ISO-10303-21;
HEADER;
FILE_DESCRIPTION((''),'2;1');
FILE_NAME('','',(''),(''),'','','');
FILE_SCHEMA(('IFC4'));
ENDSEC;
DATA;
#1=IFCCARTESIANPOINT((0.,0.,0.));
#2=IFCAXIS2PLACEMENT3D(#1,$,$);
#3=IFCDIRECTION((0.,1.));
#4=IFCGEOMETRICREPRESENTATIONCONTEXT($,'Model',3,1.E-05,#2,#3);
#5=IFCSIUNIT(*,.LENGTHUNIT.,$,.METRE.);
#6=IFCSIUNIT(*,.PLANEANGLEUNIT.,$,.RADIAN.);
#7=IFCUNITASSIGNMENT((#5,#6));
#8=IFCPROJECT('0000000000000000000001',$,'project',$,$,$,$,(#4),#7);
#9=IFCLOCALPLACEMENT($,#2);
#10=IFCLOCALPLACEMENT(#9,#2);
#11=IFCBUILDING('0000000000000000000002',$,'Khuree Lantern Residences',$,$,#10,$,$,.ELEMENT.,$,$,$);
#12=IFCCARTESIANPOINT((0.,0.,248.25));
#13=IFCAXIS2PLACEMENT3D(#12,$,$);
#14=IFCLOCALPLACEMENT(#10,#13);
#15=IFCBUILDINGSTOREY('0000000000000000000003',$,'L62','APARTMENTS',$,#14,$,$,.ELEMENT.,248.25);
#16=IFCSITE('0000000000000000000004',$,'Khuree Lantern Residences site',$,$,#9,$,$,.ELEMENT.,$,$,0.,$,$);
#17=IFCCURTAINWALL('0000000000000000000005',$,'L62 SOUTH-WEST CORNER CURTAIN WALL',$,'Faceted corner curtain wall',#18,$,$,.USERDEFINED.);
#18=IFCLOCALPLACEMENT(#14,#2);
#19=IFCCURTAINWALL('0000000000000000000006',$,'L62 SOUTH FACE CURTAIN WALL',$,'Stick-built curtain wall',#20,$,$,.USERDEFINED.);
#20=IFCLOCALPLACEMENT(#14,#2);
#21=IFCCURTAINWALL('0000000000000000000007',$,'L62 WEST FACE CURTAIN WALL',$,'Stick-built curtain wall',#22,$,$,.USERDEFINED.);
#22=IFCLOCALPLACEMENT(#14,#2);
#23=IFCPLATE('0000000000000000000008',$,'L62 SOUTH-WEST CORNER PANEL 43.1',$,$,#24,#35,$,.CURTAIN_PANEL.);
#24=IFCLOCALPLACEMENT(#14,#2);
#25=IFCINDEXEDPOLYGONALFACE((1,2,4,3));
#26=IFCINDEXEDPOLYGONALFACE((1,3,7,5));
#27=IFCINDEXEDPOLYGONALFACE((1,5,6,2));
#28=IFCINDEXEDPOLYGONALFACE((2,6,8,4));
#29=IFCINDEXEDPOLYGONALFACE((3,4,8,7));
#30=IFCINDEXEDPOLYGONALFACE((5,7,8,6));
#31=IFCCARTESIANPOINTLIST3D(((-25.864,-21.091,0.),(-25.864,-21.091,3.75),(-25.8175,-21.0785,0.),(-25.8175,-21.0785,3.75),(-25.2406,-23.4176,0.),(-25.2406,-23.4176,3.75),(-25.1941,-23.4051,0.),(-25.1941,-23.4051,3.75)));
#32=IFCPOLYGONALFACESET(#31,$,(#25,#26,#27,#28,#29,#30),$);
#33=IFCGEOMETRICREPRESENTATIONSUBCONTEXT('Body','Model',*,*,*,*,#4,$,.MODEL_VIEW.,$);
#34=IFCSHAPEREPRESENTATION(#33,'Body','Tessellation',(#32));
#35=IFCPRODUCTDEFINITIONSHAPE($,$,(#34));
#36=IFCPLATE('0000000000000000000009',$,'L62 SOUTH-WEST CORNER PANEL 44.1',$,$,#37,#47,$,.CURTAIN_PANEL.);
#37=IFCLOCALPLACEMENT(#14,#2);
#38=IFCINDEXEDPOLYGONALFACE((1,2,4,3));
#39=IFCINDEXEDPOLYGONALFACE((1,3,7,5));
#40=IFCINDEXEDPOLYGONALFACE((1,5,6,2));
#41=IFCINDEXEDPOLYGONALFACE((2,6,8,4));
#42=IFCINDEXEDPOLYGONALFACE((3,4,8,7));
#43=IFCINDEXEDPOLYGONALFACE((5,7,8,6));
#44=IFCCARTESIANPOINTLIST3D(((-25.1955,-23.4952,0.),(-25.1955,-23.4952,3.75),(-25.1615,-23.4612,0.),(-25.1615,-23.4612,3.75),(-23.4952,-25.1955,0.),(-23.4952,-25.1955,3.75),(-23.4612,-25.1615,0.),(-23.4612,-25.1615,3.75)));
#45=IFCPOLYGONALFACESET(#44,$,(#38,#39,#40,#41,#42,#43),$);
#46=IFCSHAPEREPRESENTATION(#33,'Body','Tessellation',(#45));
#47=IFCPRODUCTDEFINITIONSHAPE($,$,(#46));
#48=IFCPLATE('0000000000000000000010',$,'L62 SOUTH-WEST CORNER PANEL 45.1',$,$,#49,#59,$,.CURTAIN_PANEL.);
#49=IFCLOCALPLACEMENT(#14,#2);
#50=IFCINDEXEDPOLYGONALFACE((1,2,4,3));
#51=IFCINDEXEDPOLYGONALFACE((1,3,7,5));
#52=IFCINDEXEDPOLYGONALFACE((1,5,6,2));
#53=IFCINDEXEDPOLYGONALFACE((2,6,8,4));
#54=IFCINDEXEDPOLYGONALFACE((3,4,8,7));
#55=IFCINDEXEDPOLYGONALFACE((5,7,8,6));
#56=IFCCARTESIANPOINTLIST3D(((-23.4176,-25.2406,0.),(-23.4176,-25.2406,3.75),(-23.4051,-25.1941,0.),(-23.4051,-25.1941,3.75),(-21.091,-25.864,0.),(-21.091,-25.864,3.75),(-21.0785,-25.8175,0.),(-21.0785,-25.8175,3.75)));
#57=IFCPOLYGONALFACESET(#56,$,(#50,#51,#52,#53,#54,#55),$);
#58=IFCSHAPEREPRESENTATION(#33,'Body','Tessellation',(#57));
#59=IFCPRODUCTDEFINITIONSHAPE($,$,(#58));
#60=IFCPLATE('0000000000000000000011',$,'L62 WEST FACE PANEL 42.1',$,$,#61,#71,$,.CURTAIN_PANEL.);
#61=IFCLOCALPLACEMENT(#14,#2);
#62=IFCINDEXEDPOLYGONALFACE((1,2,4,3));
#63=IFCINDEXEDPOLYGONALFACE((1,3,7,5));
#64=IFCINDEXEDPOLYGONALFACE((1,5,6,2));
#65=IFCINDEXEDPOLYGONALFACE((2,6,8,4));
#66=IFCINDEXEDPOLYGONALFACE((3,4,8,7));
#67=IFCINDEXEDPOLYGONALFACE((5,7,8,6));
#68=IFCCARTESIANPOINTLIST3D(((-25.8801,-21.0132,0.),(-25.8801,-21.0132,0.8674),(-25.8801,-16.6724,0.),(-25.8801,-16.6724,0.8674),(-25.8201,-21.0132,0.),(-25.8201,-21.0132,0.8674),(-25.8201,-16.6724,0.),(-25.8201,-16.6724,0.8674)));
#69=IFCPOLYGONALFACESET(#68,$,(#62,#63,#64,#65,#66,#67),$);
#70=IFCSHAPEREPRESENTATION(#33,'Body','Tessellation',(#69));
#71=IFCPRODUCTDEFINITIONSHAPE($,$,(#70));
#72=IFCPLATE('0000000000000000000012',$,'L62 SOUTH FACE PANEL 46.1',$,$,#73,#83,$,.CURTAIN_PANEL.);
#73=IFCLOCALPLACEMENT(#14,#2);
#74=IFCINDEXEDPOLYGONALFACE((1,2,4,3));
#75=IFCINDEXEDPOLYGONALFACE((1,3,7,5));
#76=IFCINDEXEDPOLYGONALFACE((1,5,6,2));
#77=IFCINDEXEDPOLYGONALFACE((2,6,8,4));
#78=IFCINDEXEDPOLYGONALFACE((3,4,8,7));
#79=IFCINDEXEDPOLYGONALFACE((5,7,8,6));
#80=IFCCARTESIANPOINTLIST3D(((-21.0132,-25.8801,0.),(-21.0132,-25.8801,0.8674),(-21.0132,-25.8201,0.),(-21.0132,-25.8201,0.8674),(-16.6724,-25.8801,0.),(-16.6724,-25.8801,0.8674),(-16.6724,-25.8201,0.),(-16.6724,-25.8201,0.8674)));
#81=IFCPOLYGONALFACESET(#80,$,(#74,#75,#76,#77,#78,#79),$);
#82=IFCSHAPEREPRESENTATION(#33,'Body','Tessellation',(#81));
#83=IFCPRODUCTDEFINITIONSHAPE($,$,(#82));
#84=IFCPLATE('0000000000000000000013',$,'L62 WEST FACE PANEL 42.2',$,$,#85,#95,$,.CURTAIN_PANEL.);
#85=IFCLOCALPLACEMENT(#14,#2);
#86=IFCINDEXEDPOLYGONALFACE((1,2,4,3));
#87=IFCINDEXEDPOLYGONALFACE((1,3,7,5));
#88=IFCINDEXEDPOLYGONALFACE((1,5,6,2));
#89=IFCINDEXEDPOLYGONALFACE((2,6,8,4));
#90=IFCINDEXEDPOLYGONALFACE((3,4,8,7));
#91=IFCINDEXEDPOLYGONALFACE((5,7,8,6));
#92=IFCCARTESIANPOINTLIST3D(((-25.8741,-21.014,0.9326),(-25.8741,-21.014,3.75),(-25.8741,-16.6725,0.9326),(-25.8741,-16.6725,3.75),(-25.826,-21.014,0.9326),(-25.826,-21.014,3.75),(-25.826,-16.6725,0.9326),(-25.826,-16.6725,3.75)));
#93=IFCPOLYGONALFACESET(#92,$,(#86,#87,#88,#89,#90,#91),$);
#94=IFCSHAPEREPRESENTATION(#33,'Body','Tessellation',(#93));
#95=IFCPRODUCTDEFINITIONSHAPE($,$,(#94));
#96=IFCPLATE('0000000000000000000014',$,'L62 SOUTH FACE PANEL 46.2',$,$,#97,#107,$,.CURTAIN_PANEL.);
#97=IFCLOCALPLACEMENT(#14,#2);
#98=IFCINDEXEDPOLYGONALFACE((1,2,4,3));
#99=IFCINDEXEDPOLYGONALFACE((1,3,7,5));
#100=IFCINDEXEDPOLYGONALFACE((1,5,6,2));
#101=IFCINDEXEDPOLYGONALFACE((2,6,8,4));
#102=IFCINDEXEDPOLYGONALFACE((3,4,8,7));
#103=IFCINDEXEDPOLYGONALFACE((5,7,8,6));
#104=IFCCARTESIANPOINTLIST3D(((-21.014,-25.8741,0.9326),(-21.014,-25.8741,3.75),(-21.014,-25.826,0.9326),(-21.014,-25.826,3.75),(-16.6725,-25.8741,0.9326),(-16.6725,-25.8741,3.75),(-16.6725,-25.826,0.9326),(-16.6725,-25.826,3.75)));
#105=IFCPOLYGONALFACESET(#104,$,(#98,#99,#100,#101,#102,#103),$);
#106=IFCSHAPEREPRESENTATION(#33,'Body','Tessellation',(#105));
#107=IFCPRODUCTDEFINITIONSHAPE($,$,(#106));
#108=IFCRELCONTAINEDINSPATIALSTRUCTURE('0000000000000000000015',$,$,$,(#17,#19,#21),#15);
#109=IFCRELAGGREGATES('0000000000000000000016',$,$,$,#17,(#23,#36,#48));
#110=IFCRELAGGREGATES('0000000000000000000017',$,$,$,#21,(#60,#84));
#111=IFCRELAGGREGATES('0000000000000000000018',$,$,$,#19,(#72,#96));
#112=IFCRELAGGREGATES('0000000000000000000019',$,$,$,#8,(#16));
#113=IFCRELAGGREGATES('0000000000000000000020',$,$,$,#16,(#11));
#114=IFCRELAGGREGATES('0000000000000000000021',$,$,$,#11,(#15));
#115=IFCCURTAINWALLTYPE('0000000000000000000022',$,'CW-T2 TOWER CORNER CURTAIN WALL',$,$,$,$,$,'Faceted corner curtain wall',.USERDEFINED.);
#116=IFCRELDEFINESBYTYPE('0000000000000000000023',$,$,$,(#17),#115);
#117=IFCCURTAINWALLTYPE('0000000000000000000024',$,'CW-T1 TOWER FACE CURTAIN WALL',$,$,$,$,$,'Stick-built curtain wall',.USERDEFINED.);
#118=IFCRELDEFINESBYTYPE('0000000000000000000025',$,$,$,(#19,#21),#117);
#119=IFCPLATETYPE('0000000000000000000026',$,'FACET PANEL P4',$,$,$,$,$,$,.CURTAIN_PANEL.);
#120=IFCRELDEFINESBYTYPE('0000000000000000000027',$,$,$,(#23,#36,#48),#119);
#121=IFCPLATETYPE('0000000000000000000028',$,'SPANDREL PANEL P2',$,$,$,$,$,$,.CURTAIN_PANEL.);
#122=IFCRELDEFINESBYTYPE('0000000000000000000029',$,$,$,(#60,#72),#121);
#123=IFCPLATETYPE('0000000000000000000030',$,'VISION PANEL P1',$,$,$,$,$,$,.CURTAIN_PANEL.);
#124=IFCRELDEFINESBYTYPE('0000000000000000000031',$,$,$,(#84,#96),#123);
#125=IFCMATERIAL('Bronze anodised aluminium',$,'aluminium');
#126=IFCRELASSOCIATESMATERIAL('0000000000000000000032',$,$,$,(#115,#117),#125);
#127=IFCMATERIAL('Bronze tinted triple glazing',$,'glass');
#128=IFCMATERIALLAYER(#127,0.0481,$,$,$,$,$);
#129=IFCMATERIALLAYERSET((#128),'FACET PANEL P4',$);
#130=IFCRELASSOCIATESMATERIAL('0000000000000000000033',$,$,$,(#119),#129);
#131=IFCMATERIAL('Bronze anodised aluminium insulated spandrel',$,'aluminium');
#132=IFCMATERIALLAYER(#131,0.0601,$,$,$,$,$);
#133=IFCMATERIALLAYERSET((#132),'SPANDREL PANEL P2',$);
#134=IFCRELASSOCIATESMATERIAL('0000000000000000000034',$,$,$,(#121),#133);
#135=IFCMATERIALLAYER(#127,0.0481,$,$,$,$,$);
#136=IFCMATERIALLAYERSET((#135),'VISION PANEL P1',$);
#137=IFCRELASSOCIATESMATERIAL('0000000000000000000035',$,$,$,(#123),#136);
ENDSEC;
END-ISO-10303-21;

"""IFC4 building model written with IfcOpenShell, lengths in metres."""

from ifc_helpers import new_model, si_unit, direction, frame, origin, origin_2d, place, context, subcontext, project, spatial, rectangle, extrude, material, layer, layer_set, type_object, element, aggregate, save


model = new_model("IFC4")

# Units and contexts
model_context = context("Model", 3, precision=1e-05, world=origin(), true_north=direction((0.0, 1.0)))
body_context = subcontext(model_context, "Body", "Model", "MODEL_VIEW")
ifc_project = project(units=[si_unit("LENGTHUNIT", "METRE"), si_unit("PLANEANGLEUNIT", "RADIAN")], contexts=[model_context])

# Site, building, storey
site_placement = place(None, origin())
site = spatial("IfcSite", under=ifc_project, at=site_placement, Name="Khuree Lantern Residences site", CompositionType="ELEMENT", RefElevation=0.0)
building_placement = place(site_placement, origin())
building = spatial("IfcBuilding", under=site, at=building_placement, Name="Khuree Lantern Residences", CompositionType="ELEMENT")
storey_placement = place(building_placement, frame((0.0, 0.0, 248.25)))
storey = spatial("IfcBuildingStorey", under=building, at=storey_placement, Name="L62", Description="APARTMENTS", CompositionType="ELEMENT", Elevation=248.25)

# Curtain walls
ifc_material_1 = material(Name="Bronze anodised aluminium", Category="aluminium")
curtain_wall_type_1 = type_object("IfcCurtainWallType", Name="CW-T2 TOWER CORNER CURTAIN WALL", ElementType="Faceted corner curtain wall", PredefinedType="USERDEFINED", material=ifc_material_1)
curtain_wall_1_placement = place(storey_placement, origin())
curtain_wall_1 = element("IfcCurtainWall", 1, at=curtain_wall_1_placement, inside=storey, type_object=curtain_wall_type_1, Name="L62 SOUTH-WEST CORNER CURTAIN WALL", ObjectType="Faceted corner curtain wall", PredefinedType="USERDEFINED")
curtain_wall_type_2 = type_object("IfcCurtainWallType", Name="CW-T1 TOWER FACE CURTAIN WALL", ElementType="Stick-built curtain wall", PredefinedType="USERDEFINED", material=ifc_material_1)
curtain_wall_2_placement = place(storey_placement, origin())
curtain_wall_2 = element("IfcCurtainWall", 2, at=curtain_wall_2_placement, inside=storey, type_object=curtain_wall_type_2, Name="L62 SOUTH FACE CURTAIN WALL", ObjectType="Stick-built curtain wall", PredefinedType="USERDEFINED")

# Curtain wall
curtain_wall_3_placement = place(storey_placement, origin())
curtain_wall_3 = element("IfcCurtainWall", 3, at=curtain_wall_3_placement, inside=storey, type_object=curtain_wall_type_2, Name="L62 WEST FACE CURTAIN WALL", ObjectType="Stick-built curtain wall", PredefinedType="USERDEFINED")

# Plates
ifc_material_2 = material(Name="Bronze tinted triple glazing", Category="glass")
ifc_layer_1 = layer(ifc_material_2, 0.0481)
ifc_layer_set_1 = layer_set([ifc_layer_1], Name="FACET PANEL P4")
plate_type_1 = type_object("IfcPlateType", Name="FACET PANEL P4", PredefinedType="CURTAIN_PANEL", material=ifc_layer_set_1)
plate_1_placement = place(storey_placement, frame((-25.5291, -22.248, 0.0), z_axis=(0.0, 0.0, 1.0), x_axis=(0.258819, -0.965926, 0.0)))
plate_1 = element("IfcPlate", 4, at=plate_1_placement, type_object=plate_type_1, Name="L62 SOUTH-WEST CORNER PANEL 43.1", PredefinedType="CURTAIN_PANEL", context=body_context, shape_type="SweptSolid", body=[
    extrude(rectangle(XDim=2.4087, YDim=0.0481, at=origin_2d()), origin(), (0.0, 0.0, 1.0), 3.75),
])
plate_2_placement = place(storey_placement, frame((-24.3284, -24.3284, 0.0), z_axis=(0.0, 0.0, 1.0), x_axis=(0.707107, -0.707107, 0.0)))
plate_2 = element("IfcPlate", 5, at=plate_2_placement, type_object=plate_type_1, Name="L62 SOUTH-WEST CORNER PANEL 44.1", PredefinedType="CURTAIN_PANEL", context=body_context, shape_type="SweptSolid", body=[
    extrude(rectangle(XDim=2.4045, YDim=0.0481, at=origin_2d()), origin(), (0.0, 0.0, 1.0), 3.75),
])
plate_3_placement = place(storey_placement, frame((-22.248, -25.5291, 0.0), z_axis=(0.0, 0.0, 1.0), x_axis=(0.965926, -0.258819, 0.0)))
plate_3 = element("IfcPlate", 6, at=plate_3_placement, type_object=plate_type_1, Name="L62 SOUTH-WEST CORNER PANEL 45.1", PredefinedType="CURTAIN_PANEL", context=body_context, shape_type="SweptSolid", body=[
    extrude(rectangle(XDim=2.4087, YDim=0.0481, at=origin_2d()), origin(), (0.0, 0.0, 1.0), 3.75),
])
aggregate(curtain_wall_1, [plate_1, plate_2, plate_3])
ifc_material_3 = material(Name="Bronze anodised aluminium insulated spandrel", Category="aluminium")
ifc_layer_2 = layer(ifc_material_3, 0.0601)
ifc_layer_set_2 = layer_set([ifc_layer_2], Name="SPANDREL PANEL P2")
plate_type_2 = type_object("IfcPlateType", Name="SPANDREL PANEL P2", PredefinedType="CURTAIN_PANEL", material=ifc_layer_set_2)
plate_4_placement = place(storey_placement, frame((-25.8501, -18.8428, 0.0), z_axis=(0.0, 0.0, 1.0), x_axis=(0.0, -1.0, 0.0)))
plate_4 = element("IfcPlate", 7, at=plate_4_placement, type_object=plate_type_2, Name="L62 WEST FACE PANEL 42.1", PredefinedType="CURTAIN_PANEL", context=body_context, shape_type="SweptSolid", body=[
    extrude(rectangle(XDim=4.3408, YDim=0.0601, at=origin_2d()), origin(), (0.0, 0.0, 1.0), 0.8674),
])
plate_5_placement = place(storey_placement, frame((-18.8428, -25.8501, 0.0), z_axis=(0.0, 0.0, 1.0), x_axis=(1.0, 0.0, 0.0)))
plate_5 = element("IfcPlate", 8, at=plate_5_placement, type_object=plate_type_2, Name="L62 SOUTH FACE PANEL 46.1", PredefinedType="CURTAIN_PANEL", context=body_context, shape_type="SweptSolid", body=[
    extrude(rectangle(XDim=4.3408, YDim=0.0601, at=origin_2d()), origin(), (0.0, 0.0, 1.0), 0.8674),
])
ifc_layer_3 = layer(ifc_material_2, 0.0481)
ifc_layer_set_3 = layer_set([ifc_layer_3], Name="VISION PANEL P1")
plate_type_3 = type_object("IfcPlateType", Name="VISION PANEL P1", PredefinedType="CURTAIN_PANEL", material=ifc_layer_set_3)
plate_6_placement = place(storey_placement, frame((-25.8501, -18.8433, 0.9326), z_axis=(0.0, 0.0, 1.0), x_axis=(0.0, -1.0, 0.0)))
plate_6 = element("IfcPlate", 9, at=plate_6_placement, type_object=plate_type_3, Name="L62 WEST FACE PANEL 42.2", PredefinedType="CURTAIN_PANEL", context=body_context, shape_type="SweptSolid", body=[
    extrude(rectangle(XDim=4.3416, YDim=0.0481, at=origin_2d()), origin(), (0.0, 0.0, 1.0), 2.8174),
])
aggregate(curtain_wall_3, [plate_4, plate_6])
plate_7_placement = place(storey_placement, frame((-18.8433, -25.8501, 0.9326), z_axis=(0.0, 0.0, 1.0), x_axis=(1.0, 0.0, 0.0)))
plate_7 = element("IfcPlate", 10, at=plate_7_placement, type_object=plate_type_3, Name="L62 SOUTH FACE PANEL 46.2", PredefinedType="CURTAIN_PANEL", context=body_context, shape_type="SweptSolid", body=[
    extrude(rectangle(XDim=4.3416, YDim=0.0481, at=origin_2d()), origin(), (0.0, 0.0, 1.0), 2.8174),
])
aggregate(curtain_wall_2, [plate_5, plate_7])

save(model, "model.ifc")
